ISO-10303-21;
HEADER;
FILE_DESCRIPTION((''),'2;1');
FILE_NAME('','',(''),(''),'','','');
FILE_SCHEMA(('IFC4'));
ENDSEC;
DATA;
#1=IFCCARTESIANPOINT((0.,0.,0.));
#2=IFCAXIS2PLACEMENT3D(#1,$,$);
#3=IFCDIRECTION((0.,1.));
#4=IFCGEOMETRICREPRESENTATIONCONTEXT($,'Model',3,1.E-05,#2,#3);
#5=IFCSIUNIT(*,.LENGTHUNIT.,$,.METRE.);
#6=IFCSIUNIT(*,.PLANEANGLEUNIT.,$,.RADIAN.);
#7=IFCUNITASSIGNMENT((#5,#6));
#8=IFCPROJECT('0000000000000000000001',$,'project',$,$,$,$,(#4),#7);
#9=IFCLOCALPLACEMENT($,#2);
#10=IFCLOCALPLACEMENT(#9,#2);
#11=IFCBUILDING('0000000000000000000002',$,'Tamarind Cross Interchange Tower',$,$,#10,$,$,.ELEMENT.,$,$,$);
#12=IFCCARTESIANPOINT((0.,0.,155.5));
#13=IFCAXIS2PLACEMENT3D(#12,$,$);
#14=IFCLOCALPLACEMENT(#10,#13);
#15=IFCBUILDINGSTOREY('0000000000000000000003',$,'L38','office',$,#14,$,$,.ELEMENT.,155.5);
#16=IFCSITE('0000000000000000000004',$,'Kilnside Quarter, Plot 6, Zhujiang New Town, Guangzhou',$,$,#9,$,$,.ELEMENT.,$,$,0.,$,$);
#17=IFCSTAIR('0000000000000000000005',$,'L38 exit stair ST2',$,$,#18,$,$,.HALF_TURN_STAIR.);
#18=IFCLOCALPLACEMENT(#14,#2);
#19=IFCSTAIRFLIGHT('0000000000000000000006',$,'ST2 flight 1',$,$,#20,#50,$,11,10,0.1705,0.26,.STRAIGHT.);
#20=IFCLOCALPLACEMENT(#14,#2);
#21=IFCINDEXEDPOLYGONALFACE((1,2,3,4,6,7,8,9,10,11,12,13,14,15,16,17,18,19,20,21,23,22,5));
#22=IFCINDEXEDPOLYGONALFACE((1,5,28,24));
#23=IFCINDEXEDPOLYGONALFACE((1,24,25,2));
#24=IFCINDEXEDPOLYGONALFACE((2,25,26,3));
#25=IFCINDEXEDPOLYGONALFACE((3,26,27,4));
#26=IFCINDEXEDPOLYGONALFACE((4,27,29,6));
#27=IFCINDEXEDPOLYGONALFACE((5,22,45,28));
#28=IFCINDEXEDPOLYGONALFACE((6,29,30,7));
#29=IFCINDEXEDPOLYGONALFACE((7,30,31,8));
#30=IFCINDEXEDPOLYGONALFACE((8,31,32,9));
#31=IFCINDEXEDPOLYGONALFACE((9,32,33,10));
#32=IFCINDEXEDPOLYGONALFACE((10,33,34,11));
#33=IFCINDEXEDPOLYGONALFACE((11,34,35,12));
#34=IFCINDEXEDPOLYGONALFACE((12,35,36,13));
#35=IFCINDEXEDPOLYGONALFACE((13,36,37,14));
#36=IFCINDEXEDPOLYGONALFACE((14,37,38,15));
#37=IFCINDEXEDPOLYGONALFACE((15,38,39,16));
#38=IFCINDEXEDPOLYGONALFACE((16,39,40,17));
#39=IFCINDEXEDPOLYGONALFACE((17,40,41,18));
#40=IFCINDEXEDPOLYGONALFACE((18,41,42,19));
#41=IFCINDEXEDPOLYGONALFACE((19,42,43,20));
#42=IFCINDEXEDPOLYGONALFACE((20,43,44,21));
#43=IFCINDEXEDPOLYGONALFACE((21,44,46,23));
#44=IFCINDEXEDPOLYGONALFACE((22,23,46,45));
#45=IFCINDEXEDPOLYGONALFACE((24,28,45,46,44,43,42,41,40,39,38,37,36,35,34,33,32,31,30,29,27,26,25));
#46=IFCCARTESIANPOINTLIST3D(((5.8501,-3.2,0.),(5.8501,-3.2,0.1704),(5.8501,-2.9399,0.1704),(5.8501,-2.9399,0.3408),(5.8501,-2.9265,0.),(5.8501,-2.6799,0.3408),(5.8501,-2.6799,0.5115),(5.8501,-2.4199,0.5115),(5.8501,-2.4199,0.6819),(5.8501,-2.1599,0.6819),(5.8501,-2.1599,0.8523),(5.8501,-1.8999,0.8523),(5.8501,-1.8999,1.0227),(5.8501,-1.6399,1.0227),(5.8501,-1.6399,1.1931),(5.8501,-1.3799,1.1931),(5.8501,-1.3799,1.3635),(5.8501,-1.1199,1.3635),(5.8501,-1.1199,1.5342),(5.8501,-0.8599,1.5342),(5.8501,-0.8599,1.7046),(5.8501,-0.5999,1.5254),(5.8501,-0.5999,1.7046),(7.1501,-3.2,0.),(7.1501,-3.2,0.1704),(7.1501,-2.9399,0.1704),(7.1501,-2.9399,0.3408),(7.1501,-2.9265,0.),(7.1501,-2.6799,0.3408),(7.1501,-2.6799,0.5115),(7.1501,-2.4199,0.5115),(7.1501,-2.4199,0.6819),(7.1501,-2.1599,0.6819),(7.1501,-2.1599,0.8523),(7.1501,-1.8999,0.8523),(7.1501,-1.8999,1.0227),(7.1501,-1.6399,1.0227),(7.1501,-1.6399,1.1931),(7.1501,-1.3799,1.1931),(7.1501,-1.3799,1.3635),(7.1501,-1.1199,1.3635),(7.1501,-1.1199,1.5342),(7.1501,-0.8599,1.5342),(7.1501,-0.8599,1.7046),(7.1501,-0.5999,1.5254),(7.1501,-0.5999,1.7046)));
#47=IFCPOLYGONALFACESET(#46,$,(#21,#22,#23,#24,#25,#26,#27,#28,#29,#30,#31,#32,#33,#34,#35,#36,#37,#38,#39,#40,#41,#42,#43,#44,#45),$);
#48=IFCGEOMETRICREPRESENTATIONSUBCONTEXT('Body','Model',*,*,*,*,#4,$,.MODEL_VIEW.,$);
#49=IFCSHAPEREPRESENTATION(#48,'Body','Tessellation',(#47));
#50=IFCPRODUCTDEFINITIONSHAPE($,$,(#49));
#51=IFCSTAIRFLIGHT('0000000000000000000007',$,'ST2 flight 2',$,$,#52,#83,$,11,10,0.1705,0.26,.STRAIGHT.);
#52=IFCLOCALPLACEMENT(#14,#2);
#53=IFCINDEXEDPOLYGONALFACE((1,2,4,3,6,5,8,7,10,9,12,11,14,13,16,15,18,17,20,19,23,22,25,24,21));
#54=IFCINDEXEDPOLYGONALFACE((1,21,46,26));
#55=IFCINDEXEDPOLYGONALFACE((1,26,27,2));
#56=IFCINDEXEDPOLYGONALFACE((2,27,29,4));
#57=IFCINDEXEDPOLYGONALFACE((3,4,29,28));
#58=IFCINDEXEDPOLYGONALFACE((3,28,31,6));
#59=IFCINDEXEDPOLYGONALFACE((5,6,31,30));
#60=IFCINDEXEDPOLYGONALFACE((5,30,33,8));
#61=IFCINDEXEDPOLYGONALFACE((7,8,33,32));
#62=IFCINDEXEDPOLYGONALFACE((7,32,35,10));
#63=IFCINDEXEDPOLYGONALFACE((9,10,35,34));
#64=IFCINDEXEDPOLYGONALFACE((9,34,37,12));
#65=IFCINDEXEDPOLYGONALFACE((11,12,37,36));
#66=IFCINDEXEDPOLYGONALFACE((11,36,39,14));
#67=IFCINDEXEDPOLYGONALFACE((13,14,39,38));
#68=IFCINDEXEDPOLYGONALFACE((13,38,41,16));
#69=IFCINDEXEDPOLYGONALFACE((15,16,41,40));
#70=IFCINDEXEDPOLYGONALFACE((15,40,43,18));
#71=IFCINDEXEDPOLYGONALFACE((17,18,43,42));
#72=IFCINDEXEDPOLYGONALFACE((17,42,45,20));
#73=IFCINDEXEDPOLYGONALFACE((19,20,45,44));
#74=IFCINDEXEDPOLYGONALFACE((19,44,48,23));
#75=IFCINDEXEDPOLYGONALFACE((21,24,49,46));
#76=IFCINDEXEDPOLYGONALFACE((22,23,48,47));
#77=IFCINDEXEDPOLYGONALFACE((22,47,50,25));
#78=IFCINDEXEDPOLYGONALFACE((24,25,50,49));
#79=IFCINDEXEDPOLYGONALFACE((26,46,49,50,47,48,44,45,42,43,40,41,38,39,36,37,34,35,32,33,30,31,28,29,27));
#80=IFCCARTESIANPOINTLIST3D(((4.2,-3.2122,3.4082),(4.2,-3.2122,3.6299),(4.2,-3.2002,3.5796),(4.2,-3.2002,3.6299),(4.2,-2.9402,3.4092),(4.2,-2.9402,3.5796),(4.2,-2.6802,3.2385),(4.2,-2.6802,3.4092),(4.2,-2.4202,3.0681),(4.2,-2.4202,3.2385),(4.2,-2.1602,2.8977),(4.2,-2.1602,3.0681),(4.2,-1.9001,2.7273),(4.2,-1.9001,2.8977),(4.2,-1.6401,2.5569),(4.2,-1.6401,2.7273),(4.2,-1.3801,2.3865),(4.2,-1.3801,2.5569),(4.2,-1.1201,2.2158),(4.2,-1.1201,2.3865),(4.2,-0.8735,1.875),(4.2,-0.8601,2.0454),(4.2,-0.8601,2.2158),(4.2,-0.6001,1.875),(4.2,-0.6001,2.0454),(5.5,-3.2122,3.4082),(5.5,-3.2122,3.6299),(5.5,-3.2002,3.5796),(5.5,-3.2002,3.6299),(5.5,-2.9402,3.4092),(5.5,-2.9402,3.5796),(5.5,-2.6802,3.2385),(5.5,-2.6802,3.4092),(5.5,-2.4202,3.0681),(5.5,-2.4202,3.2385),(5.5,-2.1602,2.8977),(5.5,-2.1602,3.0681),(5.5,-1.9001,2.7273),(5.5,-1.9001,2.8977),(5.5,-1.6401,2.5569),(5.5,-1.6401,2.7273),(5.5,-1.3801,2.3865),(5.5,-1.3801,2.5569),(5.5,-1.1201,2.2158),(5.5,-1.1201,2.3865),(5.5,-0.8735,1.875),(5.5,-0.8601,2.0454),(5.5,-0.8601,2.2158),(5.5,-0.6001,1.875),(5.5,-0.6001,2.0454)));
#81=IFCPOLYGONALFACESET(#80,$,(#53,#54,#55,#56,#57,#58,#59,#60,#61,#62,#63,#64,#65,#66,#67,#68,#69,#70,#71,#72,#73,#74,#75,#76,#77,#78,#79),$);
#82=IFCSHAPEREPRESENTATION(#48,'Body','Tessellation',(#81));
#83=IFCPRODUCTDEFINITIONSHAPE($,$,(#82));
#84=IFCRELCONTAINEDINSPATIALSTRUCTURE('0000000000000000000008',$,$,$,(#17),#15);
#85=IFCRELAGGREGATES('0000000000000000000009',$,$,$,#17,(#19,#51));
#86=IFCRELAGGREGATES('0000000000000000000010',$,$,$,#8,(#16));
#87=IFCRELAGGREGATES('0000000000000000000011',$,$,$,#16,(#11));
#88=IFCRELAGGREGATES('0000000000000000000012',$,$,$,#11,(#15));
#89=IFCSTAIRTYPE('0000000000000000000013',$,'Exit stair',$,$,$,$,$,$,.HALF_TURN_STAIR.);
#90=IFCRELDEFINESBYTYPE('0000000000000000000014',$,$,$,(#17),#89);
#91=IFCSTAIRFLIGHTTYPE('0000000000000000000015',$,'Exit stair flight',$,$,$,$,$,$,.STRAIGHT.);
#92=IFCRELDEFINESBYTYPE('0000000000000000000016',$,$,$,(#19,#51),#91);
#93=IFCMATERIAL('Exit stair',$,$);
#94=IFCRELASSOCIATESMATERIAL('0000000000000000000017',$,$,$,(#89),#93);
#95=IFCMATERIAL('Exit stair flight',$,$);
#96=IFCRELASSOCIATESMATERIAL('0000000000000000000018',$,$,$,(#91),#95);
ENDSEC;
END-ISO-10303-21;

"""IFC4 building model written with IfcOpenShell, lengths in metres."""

from ifc_helpers import new_model, si_unit, direction, frame, origin, place, context, subcontext, project, spatial, polyline, outline, extrude, material, type_object, element, aggregate, save


model = new_model("IFC4")

# Units and contexts
model_context = context("Model", 3, precision=1e-05, world=origin(), true_north=direction((0.0, 1.0)))
body_context = subcontext(model_context, "Body", "Model", "MODEL_VIEW")
ifc_project = project(units=[si_unit("LENGTHUNIT", "METRE"), si_unit("PLANEANGLEUNIT", "RADIAN")], contexts=[model_context])

# Site, building, storey
site_placement = place(None, origin())
site = spatial("IfcSite", under=ifc_project, at=site_placement, Name="Kilnside Quarter, Plot 6, Zhujiang New Town, Guangzhou", CompositionType="ELEMENT", RefElevation=0.0)
building_placement = place(site_placement, origin())
building = spatial("IfcBuilding", under=site, at=building_placement, Name="Tamarind Cross Interchange Tower", CompositionType="ELEMENT")
storey_placement = place(building_placement, frame((0.0, 0.0, 155.5)))
storey = spatial("IfcBuildingStorey", under=building, at=storey_placement, Name="L38", Description="office", CompositionType="ELEMENT", Elevation=155.5)

# Stair, stair flights
ifc_material_1 = material(Name="Exit stair")
stair_type = type_object("IfcStairType", Name="Exit stair", PredefinedType="HALF_TURN_STAIR", material=ifc_material_1)
stair_placement = place(storey_placement, origin())
stair = element("IfcStair", 1, at=stair_placement, inside=storey, type_object=stair_type, Name="L38 exit stair ST2", PredefinedType="HALF_TURN_STAIR")
ifc_material_2 = material(Name="Exit stair flight")
stair_flight_type = type_object("IfcStairFlightType", Name="Exit stair flight", PredefinedType="STRAIGHT", material=ifc_material_2)
stair_flight_1_placement = place(storey_placement, frame((6.5, -3.2, 0.0), z_axis=(0.0, 0.0, 1.0), x_axis=(0.0, 1.0, 0.0)))
stair_flight_1 = element("IfcStairFlight", 2, at=stair_flight_1_placement, type_object=stair_flight_type, Name="ST2 flight 1", NumberOfRisers=11, NumberOfTreads=10, PredefinedType="STRAIGHT", RiserHeight=0.1705, TreadLength=0.26, context=body_context, shape_type="SweptSolid", body=[
    extrude(outline(polyline([(0.0, 0.0), (0.0, 0.1704), (0.26, 0.1704), (0.26, 0.3408), (0.52, 0.3408), (0.52, 0.5115), (0.78, 0.5115), (0.78, 0.6819), (1.04, 0.6819), (1.04, 0.8523), (1.3, 0.8523), (1.3, 1.0227), (1.5601, 1.0227), (1.5601, 1.1931), (1.8201, 1.1931), (1.8201, 1.3635), (2.0801, 1.3635), (2.0801, 1.5342), (2.3401, 1.5342), (2.3401, 1.7046), (2.6001, 1.7046), (2.6001, 1.875), (2.6001, 1.5254), (0.2734, 0.0), (0.0, 0.0)])), frame((0.0, 0.6499, 0.0), z_axis=(0.0, -1.0, 0.0), x_axis=(1.0, 0.0, 0.0)), (0.0, 0.0, 1.0), 1.3),
])
stair_flight_2_placement = place(storey_placement, frame((4.8501, -0.6001, 1.875), z_axis=(0.0, 0.0, 1.0), x_axis=(0.0, -1.0, 0.0)))
stair_flight_2 = element("IfcStairFlight", 3, at=stair_flight_2_placement, type_object=stair_flight_type, Name="ST2 flight 2", NumberOfRisers=11, NumberOfTreads=10, PredefinedType="STRAIGHT", RiserHeight=0.1705, TreadLength=0.26, context=body_context, shape_type="SweptSolid", body=[
    extrude(outline(polyline([(0.0, 0.0), (0.0, 0.1704), (0.26, 0.1704), (0.26, 0.3408), (0.52, 0.3408), (0.52, 0.5115), (0.78, 0.5115), (0.78, 0.6819), (1.04, 0.6819), (1.04, 0.8523), (1.3, 0.8523), (1.3, 1.0227), (1.5601, 1.0227), (1.5601, 1.1931), (1.8201, 1.1931), (1.8201, 1.3635), (2.0801, 1.3635), (2.0801, 1.5342), (2.3401, 1.5342), (2.3401, 1.7046), (2.6001, 1.7046), (2.6001, 1.7549), (2.6121, 1.7549), (2.6121, 1.5332), (0.2734, 0.0), (0.0, 0.0)])), frame((0.0, 0.6499, 0.0), z_axis=(0.0, -1.0, 0.0), x_axis=(1.0, 0.0, 0.0)), (0.0, 0.0, 1.0), 1.3),
])
aggregate(stair, [stair_flight_1, stair_flight_2])

save(model, "model.ifc")
